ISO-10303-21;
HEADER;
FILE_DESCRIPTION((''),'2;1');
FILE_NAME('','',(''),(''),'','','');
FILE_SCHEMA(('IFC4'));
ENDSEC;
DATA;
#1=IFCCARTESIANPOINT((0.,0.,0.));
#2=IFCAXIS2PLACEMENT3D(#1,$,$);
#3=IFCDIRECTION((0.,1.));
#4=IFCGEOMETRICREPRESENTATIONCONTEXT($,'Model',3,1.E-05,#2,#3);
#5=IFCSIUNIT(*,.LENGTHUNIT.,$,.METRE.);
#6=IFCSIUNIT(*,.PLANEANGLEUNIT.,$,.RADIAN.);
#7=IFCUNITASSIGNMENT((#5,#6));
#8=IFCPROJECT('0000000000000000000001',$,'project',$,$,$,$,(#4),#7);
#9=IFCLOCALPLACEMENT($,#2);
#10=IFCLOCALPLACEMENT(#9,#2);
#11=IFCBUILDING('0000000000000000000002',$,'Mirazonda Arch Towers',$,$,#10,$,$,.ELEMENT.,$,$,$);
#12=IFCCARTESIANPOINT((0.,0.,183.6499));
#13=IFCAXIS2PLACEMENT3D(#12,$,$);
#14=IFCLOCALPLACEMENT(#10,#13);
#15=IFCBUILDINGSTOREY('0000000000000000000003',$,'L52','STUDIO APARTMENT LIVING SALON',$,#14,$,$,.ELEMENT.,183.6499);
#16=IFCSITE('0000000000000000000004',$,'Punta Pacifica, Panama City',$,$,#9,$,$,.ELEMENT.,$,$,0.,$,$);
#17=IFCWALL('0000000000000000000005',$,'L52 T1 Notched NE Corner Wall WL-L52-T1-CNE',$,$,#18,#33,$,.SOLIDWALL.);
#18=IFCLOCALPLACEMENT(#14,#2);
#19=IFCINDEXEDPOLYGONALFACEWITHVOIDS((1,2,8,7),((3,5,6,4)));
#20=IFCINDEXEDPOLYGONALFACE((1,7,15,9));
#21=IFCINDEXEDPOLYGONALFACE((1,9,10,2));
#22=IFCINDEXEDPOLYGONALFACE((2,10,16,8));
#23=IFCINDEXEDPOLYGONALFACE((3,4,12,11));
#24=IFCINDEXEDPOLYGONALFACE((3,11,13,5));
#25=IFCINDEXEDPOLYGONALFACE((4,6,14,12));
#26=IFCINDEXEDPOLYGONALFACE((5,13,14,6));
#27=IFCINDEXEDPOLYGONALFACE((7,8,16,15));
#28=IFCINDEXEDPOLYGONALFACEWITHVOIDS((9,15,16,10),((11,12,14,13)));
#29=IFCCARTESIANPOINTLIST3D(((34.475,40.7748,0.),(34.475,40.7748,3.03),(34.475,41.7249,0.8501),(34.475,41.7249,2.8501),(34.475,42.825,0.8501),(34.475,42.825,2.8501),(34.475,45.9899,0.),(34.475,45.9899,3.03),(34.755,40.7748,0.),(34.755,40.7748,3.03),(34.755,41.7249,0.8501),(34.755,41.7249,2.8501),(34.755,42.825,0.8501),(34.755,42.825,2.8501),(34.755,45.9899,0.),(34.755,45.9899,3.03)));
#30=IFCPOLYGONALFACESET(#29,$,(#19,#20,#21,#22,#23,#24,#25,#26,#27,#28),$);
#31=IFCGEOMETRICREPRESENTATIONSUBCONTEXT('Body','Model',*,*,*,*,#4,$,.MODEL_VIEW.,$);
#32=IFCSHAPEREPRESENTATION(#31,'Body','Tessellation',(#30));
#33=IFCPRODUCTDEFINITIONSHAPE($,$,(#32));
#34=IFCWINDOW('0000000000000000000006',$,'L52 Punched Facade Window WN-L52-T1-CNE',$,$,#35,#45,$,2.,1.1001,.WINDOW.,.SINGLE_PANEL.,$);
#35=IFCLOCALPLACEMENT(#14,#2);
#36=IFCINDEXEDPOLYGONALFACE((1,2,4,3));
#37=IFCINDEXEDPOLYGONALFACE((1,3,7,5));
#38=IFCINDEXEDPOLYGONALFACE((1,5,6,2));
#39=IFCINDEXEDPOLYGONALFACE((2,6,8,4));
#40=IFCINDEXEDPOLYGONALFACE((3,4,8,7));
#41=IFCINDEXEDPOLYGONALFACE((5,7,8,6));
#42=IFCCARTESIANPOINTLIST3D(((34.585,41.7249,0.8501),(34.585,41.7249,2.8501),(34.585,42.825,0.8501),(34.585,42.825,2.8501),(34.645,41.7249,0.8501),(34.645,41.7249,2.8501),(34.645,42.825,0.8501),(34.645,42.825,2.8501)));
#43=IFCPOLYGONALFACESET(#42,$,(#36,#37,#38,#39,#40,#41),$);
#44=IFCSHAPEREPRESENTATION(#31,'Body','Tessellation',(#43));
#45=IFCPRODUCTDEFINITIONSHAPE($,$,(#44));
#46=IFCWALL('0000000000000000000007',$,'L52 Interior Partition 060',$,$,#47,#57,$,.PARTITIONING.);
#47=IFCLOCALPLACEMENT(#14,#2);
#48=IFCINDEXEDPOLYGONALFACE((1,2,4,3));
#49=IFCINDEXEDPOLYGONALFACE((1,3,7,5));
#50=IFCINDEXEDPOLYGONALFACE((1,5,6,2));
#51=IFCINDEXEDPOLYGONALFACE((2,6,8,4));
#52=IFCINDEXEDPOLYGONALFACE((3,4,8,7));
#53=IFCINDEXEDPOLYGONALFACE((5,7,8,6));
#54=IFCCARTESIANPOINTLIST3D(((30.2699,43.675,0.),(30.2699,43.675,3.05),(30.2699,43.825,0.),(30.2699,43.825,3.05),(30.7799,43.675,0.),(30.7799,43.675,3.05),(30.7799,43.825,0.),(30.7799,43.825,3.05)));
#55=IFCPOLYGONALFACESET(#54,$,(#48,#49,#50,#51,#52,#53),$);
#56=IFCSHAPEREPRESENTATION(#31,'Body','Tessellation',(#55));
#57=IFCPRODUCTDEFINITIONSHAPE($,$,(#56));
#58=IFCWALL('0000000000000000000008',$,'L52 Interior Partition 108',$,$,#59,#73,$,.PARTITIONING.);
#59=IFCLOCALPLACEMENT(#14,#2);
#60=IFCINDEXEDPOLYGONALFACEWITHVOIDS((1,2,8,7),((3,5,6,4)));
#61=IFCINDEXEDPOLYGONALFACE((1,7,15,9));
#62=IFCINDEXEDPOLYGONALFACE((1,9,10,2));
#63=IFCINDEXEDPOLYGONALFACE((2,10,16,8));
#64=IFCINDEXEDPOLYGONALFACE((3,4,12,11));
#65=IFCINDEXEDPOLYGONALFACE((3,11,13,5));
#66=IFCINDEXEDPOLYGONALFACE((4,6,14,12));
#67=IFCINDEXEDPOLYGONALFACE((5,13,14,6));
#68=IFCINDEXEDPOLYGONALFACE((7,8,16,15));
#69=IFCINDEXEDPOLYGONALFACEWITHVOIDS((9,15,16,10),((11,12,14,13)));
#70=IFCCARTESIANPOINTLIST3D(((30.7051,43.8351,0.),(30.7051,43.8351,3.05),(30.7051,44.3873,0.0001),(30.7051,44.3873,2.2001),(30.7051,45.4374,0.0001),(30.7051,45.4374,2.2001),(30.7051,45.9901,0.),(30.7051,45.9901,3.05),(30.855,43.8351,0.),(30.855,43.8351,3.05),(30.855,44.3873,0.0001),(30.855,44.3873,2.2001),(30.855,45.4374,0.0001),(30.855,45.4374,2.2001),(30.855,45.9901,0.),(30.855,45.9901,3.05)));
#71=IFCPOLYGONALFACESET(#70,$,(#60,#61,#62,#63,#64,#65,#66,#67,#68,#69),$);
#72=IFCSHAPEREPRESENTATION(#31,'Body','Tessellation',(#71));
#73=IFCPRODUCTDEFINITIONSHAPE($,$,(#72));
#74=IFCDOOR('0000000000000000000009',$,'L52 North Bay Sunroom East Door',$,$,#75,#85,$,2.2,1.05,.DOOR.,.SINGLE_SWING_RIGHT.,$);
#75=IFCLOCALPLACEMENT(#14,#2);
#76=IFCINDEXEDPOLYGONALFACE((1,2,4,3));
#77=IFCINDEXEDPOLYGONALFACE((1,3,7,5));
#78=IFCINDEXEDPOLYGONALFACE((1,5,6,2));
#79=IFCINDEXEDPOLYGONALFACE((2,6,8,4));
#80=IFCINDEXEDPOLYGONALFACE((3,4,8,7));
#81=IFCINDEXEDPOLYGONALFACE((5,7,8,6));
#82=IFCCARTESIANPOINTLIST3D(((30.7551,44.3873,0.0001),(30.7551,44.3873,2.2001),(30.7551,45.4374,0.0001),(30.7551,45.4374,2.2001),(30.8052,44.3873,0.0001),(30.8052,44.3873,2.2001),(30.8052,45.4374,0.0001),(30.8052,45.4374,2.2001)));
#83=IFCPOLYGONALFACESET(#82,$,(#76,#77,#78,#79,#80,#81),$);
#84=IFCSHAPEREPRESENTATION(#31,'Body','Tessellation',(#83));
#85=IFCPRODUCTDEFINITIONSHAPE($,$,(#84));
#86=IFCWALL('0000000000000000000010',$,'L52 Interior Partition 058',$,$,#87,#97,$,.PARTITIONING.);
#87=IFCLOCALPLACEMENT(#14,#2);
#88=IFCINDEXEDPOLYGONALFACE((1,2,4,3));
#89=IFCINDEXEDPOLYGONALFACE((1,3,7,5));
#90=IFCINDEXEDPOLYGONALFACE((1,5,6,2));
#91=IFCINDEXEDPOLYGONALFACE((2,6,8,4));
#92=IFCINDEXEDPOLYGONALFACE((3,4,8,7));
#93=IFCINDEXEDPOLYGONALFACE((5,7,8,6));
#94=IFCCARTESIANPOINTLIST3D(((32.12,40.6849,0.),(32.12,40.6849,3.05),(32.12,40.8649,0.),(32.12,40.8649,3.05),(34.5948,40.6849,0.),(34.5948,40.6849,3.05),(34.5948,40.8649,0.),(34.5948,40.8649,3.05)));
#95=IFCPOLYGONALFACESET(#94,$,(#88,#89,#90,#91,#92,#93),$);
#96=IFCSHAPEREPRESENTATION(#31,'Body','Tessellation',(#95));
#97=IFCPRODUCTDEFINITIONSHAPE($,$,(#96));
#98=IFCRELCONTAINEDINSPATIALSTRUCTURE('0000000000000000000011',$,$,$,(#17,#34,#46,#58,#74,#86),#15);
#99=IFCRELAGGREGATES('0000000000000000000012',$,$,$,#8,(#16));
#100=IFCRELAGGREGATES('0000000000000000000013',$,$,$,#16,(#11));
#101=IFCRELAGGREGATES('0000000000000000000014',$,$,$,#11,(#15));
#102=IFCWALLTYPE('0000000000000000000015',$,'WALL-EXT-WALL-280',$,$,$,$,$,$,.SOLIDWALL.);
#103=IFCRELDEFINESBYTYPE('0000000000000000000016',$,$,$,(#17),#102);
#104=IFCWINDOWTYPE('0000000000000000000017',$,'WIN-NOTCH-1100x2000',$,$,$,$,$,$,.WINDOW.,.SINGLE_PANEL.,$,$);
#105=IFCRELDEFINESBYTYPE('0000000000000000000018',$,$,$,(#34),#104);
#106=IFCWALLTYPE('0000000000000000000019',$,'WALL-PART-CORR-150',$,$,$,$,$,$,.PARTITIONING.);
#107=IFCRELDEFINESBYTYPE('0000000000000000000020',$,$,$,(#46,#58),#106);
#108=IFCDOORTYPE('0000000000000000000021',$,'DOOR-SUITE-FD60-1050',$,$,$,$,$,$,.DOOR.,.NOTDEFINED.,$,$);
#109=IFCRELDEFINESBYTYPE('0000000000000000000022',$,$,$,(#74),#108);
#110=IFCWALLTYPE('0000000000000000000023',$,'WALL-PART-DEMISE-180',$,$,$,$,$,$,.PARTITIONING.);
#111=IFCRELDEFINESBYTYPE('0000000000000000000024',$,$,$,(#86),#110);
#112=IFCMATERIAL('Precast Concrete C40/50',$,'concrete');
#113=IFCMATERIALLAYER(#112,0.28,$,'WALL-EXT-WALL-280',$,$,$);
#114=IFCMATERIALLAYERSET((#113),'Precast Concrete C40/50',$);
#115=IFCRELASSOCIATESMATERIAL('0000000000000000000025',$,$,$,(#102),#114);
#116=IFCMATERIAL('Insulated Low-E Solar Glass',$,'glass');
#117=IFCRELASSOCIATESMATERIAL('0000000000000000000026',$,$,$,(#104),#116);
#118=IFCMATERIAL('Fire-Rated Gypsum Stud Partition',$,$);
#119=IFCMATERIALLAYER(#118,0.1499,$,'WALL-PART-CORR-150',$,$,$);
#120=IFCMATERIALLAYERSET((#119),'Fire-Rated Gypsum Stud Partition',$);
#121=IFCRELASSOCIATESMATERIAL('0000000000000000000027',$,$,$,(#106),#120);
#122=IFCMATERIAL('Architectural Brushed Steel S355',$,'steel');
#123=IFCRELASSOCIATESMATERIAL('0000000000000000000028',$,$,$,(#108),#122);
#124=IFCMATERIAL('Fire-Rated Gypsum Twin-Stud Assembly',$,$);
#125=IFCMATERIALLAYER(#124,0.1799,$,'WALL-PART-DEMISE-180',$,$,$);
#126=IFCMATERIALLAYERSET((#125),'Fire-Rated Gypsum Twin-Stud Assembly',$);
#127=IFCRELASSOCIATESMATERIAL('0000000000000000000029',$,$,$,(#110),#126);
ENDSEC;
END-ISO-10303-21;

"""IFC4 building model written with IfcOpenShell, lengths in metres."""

from ifc_helpers import new_model, si_unit, direction, frame, frame_2d, origin, place, context, subcontext, project, spatial, rectangle, extrude, material, layer, layer_set, type_object, element, fill, save


model = new_model("IFC4")

# Units and contexts
model_context = context("Model", 3, precision=1e-05, world=origin(), true_north=direction((0.0, 1.0)))
body_context = subcontext(model_context, "Body", "Model", "MODEL_VIEW")
ifc_project = project(units=[si_unit("LENGTHUNIT", "METRE"), si_unit("PLANEANGLEUNIT", "RADIAN")], contexts=[model_context])

# Site, building, storey
site_placement = place(None, origin())
site = spatial("IfcSite", under=ifc_project, at=site_placement, Name="Punta Pacifica, Panama City", CompositionType="ELEMENT", RefElevation=0.0)
building_placement = place(site_placement, origin())
building = spatial("IfcBuilding", under=site, at=building_placement, Name="Mirazonda Arch Towers", CompositionType="ELEMENT")
storey_placement = place(building_placement, frame((0.0, 0.0, 183.6499)))
storey = spatial("IfcBuildingStorey", under=building, at=storey_placement, Name="L52", Description="STUDIO APARTMENT LIVING SALON", CompositionType="ELEMENT", Elevation=183.6499)

# Wall, opening, window
ifc_material_1 = material(Name="Precast Concrete C40/50", Category="concrete")
ifc_layer_1 = layer(ifc_material_1, 0.28, Name="WALL-EXT-WALL-280")
ifc_layer_set_1 = layer_set([ifc_layer_1], Name="Precast Concrete C40/50")
wall_type_1 = type_object("IfcWallType", Name="WALL-EXT-WALL-280", PredefinedType="SOLIDWALL", material=ifc_layer_set_1)
wall_1_placement = place(storey_placement, frame((34.615, 40.7749, 0.0), z_axis=(0.0, 0.0, 1.0), x_axis=(0.0, 1.0, 0.0)))
wall_1 = element("IfcWall", 1, at=wall_1_placement, inside=storey, type_object=wall_type_1, Name="L52 T1 Notched NE Corner Wall WL-L52-T1-CNE", PredefinedType="SOLIDWALL", context=body_context, shape_type="SweptSolid", body=[
    extrude(rectangle(XDim=5.2151, YDim=0.28, at=frame_2d((2.6074, 0.0))), origin(), (0.0, 0.0, 1.0), 3.03),
])
opening_1_placement = place(wall_1_placement, frame((0.95, 0.0, 0.8501)))
opening_1 = element("IfcOpeningElement", 2, at=opening_1_placement, cuts=wall_1, PredefinedType="OPENING", context=body_context, shape_type="SweptSolid", body=[
    extrude(rectangle(XDim=1.1001, YDim=2.0, at=frame_2d((0.55, 1.0))), frame((0.0, 0.1499, 0.0), z_axis=(0.0, -1.0, 0.0), x_axis=(1.0, 0.0, 0.0)), (0.0, 0.0, 1.0), 0.3),
])
ifc_material_2 = material(Name="Insulated Low-E Solar Glass", Category="glass")
window_type = type_object("IfcWindowType", Name="WIN-NOTCH-1100x2000", PartitioningType="SINGLE_PANEL", PredefinedType="WINDOW", material=ifc_material_2)
window_placement = place(opening_1_placement, origin())
window = element("IfcWindow", 3, at=window_placement, inside=storey, type_object=window_type, Name="L52 Punched Facade Window WN-L52-T1-CNE", OverallHeight=2.0, OverallWidth=1.1001, PartitioningType="SINGLE_PANEL", PredefinedType="WINDOW", context=body_context, shape_type="SweptSolid", body=[
    extrude(rectangle(XDim=1.1001, YDim=2.0, at=frame_2d((0.55, 1.0))), frame((0.0, 0.03, 0.0), z_axis=(0.0, -1.0, 0.0), x_axis=(1.0, 0.0, 0.0)), (0.0, 0.0, 1.0), 0.0601),
])
fill(opening_1, window)

# Wall
ifc_material_3 = material(Name="Fire-Rated Gypsum Stud Partition")
ifc_layer_2 = layer(ifc_material_3, 0.1499, Name="WALL-PART-CORR-150")
ifc_layer_set_2 = layer_set([ifc_layer_2], Name="Fire-Rated Gypsum Stud Partition")
wall_type_2 = type_object("IfcWallType", Name="WALL-PART-CORR-150", PredefinedType="PARTITIONING", material=ifc_layer_set_2)
wall_2_placement = place(storey_placement, frame((30.27, 43.75, 0.0), z_axis=(0.0, 0.0, 1.0), x_axis=(1.0, 0.0, 0.0)))
element("IfcWall", 4, at=wall_2_placement, inside=storey, type_object=wall_type_2, Name="L52 Interior Partition 060", PredefinedType="PARTITIONING", context=body_context, shape_type="SweptSolid", body=[
    extrude(rectangle(XDim=0.51, YDim=0.1499, at=frame_2d((0.2549, 0.0))), origin(), (0.0, 0.0, 1.0), 3.05),
])

# Wall, opening, door
wall_3_placement = place(storey_placement, frame((30.78, 43.835, 0.0), z_axis=(0.0, 0.0, 1.0), x_axis=(0.0, 1.0, 0.0)))
wall_3 = element("IfcWall", 5, at=wall_3_placement, inside=storey, type_object=wall_type_2, Name="L52 Interior Partition 108", PredefinedType="PARTITIONING", context=body_context, shape_type="SweptSolid", body=[
    extrude(rectangle(XDim=2.155, YDim=0.1499, at=frame_2d((1.0776, 0.0))), origin(), (0.0, 0.0, 1.0), 3.05),
])
opening_2_placement = place(wall_3_placement, frame((0.5525, 0.0, 0.0)))
opening_2 = element("IfcOpeningElement", 6, at=opening_2_placement, cuts=wall_3, PredefinedType="OPENING", context=body_context, shape_type="SweptSolid", body=[
    extrude(rectangle(XDim=1.05, YDim=2.2, at=frame_2d((0.5249, 1.1001))), frame((0.0, 0.085, 0.0), z_axis=(0.0, -1.0, 0.0), x_axis=(1.0, 0.0, 0.0)), (0.0, 0.0, 1.0), 0.1699),
])
ifc_material_4 = material(Name="Architectural Brushed Steel S355", Category="steel")
door_type_1 = type_object("IfcDoorType", Name="DOOR-SUITE-FD60-1050", OperationType="NOTDEFINED", PredefinedType="DOOR", material=ifc_material_4)
door_1_placement = place(opening_2_placement, origin())
door_1 = element("IfcDoor", 7, at=door_1_placement, inside=storey, type_object=door_type_1, Name="L52 North Bay Sunroom East Door", OperationType="SINGLE_SWING_RIGHT", OverallHeight=2.2, OverallWidth=1.05, PredefinedType="DOOR", context=body_context, shape_type="SweptSolid", body=[
    extrude(rectangle(XDim=1.05, YDim=2.2, at=frame_2d((0.5249, 1.1001))), frame((0.0, 0.0249, 0.0), z_axis=(0.0, -1.0, 0.0), x_axis=(1.0, 0.0, 0.0)), (0.0, 0.0, 1.0), 0.05),
])
fill(opening_2, door_1)

# Wall
ifc_material_5 = material(Name="Fire-Rated Gypsum Twin-Stud Assembly")
ifc_layer_3 = layer(ifc_material_5, 0.1799, Name="WALL-PART-DEMISE-180")
ifc_layer_set_3 = layer_set([ifc_layer_3], Name="Fire-Rated Gypsum Twin-Stud Assembly")
wall_type_3 = type_object("IfcWallType", Name="WALL-PART-DEMISE-180", PredefinedType="PARTITIONING", material=ifc_layer_set_3)
wall_4_placement = place(storey_placement, frame((32.1201, 40.7749, 0.0), z_axis=(0.0, 0.0, 1.0), x_axis=(1.0, 0.0, 0.0)))
element("IfcWall", 8, at=wall_4_placement, inside=storey, type_object=wall_type_3, Name="L52 Interior Partition 058", PredefinedType="PARTITIONING", context=body_context, shape_type="SweptSolid", body=[
    extrude(rectangle(XDim=2.4749, YDim=0.1799, at=frame_2d((1.2373, 0.0))), origin(), (0.0, 0.0, 1.0), 3.05),
])

save(model, "model.ifc")
